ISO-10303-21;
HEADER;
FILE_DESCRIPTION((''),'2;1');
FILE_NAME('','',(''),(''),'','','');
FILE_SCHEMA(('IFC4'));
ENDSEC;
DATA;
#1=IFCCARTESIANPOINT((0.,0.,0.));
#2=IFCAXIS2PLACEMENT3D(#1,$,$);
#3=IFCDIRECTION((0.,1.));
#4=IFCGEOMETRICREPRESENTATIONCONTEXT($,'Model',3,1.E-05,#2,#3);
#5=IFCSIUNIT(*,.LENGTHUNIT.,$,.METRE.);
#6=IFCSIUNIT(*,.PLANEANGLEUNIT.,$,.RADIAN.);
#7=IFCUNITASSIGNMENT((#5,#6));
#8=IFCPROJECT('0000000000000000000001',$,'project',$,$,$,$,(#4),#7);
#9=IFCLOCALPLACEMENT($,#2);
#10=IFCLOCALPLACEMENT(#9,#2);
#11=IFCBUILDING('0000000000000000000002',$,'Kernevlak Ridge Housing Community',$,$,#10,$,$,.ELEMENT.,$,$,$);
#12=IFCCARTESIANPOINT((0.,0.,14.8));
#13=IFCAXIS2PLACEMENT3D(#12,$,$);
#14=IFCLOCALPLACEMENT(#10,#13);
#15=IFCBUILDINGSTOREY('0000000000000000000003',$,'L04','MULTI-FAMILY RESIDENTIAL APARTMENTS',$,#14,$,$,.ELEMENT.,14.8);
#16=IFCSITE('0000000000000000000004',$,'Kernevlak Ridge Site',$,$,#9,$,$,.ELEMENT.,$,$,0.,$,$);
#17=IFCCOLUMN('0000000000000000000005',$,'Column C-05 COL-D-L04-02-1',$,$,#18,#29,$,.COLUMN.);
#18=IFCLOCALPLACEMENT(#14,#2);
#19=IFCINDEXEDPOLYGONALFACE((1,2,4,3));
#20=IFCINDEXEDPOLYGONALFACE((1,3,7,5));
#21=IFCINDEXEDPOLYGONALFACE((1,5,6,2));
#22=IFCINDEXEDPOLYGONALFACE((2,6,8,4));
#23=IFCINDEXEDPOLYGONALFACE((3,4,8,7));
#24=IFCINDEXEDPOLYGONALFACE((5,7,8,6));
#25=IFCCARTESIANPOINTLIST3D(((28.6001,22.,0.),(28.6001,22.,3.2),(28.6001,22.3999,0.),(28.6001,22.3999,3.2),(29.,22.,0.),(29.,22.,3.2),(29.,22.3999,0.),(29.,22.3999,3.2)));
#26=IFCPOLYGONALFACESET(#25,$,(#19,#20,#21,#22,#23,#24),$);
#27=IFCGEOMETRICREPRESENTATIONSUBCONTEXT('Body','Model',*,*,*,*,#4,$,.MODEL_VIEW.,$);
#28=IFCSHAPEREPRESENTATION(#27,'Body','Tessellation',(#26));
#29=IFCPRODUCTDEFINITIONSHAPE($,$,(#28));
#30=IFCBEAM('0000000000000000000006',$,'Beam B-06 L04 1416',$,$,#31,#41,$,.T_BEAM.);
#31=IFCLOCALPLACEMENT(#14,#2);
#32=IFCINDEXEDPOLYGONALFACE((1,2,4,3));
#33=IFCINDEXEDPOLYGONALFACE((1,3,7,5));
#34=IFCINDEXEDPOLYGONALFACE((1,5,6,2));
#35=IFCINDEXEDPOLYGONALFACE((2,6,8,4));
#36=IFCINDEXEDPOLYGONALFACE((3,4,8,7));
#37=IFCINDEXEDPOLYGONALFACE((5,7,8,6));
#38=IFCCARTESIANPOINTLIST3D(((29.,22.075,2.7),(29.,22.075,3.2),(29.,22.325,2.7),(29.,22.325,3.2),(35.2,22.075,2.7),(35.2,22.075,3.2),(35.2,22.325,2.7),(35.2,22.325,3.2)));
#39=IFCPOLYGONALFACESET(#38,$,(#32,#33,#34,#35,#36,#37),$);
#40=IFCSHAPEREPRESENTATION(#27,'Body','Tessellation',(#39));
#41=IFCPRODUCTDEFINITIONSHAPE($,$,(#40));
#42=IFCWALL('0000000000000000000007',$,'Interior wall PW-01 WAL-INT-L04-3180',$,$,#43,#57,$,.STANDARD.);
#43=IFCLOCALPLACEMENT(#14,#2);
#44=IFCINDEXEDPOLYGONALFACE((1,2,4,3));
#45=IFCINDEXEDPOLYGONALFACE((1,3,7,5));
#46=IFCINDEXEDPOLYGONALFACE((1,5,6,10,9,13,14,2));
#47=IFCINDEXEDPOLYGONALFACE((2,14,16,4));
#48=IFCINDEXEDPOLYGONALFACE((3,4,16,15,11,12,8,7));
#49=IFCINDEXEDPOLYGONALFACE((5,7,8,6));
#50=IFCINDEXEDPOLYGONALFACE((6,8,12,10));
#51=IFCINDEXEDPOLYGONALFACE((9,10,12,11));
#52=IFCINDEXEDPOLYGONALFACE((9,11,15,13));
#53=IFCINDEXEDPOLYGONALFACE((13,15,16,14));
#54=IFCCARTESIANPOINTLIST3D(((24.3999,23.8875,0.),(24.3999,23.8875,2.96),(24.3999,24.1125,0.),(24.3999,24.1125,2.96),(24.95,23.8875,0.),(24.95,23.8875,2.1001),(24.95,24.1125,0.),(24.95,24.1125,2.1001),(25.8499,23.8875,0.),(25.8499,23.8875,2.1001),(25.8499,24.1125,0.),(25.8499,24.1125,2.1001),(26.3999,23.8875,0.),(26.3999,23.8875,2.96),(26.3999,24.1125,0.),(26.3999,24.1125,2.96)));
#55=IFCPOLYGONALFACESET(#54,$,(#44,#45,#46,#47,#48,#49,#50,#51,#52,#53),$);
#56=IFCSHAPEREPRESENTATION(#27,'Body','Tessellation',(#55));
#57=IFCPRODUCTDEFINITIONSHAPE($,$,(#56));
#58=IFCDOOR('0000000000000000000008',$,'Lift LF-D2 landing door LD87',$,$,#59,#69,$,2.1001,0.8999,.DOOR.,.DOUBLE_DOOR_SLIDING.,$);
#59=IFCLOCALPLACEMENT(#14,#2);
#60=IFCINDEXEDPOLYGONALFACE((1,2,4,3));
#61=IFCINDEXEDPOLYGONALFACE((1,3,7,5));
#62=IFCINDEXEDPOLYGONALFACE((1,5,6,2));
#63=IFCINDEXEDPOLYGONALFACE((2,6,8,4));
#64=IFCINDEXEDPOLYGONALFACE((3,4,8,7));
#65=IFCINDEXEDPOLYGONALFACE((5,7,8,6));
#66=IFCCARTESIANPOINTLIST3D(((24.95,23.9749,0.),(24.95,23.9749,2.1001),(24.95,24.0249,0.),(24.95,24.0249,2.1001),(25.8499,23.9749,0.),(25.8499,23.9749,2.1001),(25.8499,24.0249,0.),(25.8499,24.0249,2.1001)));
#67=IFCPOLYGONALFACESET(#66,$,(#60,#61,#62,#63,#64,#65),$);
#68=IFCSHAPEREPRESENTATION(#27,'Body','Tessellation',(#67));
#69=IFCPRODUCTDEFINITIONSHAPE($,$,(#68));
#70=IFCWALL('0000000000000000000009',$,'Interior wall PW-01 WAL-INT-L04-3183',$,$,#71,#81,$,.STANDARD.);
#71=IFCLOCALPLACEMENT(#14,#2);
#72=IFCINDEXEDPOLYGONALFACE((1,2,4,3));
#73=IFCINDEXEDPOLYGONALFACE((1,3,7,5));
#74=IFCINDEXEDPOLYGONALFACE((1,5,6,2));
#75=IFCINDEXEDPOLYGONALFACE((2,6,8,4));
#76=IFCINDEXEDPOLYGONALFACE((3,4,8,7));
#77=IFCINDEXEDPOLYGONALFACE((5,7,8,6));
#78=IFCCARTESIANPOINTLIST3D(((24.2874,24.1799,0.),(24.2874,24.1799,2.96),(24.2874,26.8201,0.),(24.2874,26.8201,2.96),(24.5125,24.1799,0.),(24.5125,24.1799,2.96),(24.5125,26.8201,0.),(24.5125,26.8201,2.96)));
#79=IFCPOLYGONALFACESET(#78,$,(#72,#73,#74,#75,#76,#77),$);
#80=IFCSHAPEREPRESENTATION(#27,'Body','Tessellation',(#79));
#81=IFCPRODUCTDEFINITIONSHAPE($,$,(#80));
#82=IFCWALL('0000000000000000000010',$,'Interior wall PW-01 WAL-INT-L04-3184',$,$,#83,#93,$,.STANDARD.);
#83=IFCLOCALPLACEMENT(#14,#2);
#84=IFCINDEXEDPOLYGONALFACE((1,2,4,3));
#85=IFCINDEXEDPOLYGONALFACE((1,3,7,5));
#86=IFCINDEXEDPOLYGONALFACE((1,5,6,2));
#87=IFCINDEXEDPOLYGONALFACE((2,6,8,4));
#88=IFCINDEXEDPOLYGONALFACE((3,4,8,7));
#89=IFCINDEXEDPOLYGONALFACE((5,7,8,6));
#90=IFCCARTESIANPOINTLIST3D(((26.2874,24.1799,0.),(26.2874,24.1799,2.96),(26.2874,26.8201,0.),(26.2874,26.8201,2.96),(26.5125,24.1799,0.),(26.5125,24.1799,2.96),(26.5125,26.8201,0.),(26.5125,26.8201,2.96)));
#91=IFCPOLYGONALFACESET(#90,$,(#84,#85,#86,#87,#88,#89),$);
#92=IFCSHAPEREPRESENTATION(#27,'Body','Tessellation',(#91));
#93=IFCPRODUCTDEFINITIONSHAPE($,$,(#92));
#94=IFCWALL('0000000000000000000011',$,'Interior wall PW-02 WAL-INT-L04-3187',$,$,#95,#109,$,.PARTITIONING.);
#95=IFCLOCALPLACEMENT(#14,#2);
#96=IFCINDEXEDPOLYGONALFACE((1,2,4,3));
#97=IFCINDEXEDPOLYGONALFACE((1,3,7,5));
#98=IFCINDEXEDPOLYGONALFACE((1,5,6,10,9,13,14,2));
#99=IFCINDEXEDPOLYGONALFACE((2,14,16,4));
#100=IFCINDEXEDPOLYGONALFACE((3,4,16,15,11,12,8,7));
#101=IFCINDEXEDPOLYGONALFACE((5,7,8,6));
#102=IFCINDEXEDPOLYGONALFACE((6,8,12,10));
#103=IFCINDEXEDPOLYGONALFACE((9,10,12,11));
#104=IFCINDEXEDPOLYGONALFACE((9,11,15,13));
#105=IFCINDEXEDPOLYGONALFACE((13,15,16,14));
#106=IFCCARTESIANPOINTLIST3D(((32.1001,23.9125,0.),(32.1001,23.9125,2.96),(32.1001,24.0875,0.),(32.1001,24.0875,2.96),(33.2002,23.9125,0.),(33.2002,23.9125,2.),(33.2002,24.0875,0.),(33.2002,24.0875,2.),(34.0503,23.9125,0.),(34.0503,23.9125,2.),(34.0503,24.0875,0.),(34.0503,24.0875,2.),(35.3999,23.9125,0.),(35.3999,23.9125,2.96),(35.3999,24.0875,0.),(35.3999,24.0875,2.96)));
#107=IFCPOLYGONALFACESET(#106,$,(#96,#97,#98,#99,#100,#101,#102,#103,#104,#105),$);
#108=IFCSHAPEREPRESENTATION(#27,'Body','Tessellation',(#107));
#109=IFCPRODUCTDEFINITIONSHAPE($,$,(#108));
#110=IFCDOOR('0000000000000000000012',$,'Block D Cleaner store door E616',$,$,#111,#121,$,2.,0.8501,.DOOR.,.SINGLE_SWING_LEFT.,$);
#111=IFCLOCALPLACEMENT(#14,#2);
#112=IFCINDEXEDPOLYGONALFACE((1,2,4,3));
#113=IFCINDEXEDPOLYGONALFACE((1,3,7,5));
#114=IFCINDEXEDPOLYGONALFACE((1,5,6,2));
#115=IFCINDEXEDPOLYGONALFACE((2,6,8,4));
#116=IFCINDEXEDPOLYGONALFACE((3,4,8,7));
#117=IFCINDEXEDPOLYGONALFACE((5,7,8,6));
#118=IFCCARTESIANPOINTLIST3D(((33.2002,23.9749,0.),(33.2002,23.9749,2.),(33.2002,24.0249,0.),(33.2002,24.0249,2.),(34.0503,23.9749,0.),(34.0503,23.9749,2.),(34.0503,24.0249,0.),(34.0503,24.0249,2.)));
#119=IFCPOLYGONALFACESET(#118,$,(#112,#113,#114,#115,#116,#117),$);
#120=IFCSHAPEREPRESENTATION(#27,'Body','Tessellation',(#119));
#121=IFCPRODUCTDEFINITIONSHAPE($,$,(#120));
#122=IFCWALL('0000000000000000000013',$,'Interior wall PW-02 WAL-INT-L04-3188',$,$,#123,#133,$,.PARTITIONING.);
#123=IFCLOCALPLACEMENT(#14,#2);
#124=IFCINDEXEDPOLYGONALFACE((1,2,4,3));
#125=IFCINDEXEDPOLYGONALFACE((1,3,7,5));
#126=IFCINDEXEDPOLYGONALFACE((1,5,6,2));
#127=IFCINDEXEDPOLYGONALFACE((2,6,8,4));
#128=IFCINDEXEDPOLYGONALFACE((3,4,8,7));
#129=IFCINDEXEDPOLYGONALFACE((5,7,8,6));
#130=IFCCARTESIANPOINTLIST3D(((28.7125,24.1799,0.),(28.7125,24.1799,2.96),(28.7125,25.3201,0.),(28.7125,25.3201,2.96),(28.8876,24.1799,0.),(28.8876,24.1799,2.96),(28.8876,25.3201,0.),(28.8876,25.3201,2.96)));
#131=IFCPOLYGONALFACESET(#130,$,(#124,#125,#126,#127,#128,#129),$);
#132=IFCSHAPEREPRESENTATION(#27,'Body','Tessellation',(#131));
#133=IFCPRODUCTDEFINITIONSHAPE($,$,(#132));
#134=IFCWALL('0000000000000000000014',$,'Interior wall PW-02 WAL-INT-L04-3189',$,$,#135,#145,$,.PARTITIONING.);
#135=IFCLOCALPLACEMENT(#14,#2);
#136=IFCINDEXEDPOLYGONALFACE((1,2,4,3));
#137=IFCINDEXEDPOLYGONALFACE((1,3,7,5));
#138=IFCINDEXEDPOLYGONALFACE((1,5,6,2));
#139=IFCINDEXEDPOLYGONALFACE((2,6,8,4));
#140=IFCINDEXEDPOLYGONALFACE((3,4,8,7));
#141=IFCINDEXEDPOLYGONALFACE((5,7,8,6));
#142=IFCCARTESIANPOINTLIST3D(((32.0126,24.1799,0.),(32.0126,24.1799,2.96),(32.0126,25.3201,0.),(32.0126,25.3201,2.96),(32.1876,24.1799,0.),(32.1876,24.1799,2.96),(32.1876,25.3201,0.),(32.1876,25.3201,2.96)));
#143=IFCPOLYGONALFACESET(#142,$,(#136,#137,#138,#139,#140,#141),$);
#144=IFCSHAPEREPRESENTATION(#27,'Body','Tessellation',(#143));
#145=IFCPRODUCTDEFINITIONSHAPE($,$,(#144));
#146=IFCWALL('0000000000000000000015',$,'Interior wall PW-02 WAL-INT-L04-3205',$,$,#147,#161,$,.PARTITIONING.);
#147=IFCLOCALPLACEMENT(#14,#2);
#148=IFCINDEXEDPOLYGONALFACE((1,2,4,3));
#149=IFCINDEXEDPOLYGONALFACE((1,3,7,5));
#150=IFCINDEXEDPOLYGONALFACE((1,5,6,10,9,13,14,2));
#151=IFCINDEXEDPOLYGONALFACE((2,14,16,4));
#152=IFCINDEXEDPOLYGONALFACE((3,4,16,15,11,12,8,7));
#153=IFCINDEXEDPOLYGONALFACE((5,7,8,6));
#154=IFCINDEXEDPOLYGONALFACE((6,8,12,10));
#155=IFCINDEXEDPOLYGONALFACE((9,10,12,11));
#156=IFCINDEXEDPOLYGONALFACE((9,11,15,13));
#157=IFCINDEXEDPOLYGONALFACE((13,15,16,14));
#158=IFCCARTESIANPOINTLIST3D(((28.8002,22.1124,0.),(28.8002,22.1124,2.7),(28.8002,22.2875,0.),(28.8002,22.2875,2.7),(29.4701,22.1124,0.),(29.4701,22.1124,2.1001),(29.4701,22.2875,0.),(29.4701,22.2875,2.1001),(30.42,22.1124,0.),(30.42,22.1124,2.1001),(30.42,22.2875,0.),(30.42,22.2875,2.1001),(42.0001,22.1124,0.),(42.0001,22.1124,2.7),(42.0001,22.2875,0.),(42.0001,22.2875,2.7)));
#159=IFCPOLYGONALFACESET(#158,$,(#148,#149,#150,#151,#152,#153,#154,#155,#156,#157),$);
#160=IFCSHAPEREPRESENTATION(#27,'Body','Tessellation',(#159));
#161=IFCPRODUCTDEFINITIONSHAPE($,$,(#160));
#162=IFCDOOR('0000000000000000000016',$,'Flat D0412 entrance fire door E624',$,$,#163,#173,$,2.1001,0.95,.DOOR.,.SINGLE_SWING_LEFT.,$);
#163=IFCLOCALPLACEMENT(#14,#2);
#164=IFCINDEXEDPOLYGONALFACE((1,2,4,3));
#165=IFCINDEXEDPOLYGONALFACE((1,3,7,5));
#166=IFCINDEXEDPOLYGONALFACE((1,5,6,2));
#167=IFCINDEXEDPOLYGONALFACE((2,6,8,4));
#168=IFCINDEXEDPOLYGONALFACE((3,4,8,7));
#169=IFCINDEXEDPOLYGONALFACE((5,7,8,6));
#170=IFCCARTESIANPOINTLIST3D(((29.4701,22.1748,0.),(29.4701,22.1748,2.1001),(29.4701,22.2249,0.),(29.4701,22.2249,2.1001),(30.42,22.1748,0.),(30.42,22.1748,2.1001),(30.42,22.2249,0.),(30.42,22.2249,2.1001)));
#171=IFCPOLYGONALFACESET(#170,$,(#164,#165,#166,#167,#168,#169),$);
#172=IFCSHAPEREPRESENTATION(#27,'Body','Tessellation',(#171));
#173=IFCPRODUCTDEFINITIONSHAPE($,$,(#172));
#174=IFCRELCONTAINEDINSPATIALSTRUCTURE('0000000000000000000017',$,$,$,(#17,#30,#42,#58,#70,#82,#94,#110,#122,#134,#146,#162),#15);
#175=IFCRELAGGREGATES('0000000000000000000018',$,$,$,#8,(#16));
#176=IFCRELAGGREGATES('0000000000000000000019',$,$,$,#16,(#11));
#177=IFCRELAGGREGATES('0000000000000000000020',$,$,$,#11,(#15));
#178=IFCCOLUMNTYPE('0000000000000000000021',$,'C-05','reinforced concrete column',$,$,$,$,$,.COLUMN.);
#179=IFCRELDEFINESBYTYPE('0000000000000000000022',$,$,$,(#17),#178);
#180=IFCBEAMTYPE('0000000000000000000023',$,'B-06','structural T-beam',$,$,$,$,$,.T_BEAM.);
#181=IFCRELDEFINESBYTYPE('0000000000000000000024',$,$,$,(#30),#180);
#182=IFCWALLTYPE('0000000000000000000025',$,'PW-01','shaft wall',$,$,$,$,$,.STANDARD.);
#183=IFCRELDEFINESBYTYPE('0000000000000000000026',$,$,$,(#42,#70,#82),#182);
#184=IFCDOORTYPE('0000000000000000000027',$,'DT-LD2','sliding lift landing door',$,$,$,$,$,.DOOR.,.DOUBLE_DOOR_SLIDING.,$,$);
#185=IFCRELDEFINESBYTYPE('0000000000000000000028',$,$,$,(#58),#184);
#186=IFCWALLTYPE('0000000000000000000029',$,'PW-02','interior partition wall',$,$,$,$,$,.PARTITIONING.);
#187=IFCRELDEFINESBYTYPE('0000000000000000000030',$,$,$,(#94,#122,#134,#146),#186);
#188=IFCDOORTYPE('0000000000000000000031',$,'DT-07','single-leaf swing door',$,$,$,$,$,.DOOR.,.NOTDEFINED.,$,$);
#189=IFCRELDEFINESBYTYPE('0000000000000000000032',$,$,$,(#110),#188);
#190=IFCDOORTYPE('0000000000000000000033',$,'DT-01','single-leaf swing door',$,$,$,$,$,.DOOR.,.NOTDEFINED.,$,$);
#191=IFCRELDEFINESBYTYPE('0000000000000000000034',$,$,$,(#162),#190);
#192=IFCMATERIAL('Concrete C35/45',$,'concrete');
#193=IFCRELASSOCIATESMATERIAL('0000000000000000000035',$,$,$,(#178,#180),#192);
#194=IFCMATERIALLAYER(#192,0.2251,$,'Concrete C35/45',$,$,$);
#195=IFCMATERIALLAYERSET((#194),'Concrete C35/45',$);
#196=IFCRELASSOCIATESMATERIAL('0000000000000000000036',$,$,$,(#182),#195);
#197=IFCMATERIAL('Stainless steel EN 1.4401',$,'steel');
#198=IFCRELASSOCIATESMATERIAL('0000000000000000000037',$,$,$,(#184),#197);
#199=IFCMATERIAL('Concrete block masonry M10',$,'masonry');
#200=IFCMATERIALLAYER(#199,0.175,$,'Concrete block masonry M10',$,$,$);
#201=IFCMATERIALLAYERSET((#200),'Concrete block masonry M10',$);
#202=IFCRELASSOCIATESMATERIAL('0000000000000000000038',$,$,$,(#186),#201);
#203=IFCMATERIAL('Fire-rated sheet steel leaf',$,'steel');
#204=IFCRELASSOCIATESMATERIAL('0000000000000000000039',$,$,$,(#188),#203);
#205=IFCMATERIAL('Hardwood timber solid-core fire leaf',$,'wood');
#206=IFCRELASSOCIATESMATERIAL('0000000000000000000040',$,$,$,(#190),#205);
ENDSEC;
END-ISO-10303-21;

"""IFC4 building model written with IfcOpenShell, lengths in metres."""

from ifc_helpers import new_model, si_unit, direction, frame, frame_2d, origin, origin_2d, place, context, subcontext, project, spatial, rectangle, extrude, material, layer, layer_set, material_profile, profile_set, type_object, element, fill, save


model = new_model("IFC4")

# Units and contexts
model_context = context("Model", 3, precision=1e-05, world=origin(), true_north=direction((0.0, 1.0)))
body_context = subcontext(model_context, "Body", "Model", "MODEL_VIEW")
ifc_project = project(units=[si_unit("LENGTHUNIT", "METRE"), si_unit("PLANEANGLEUNIT", "RADIAN")], contexts=[model_context])

# Site, building, storey
site_placement = place(None, origin())
site = spatial("IfcSite", under=ifc_project, at=site_placement, Name="Kernevlak Ridge Site", CompositionType="ELEMENT", RefElevation=0.0)
building_placement = place(site_placement, origin())
building = spatial("IfcBuilding", under=site, at=building_placement, Name="Kernevlak Ridge Housing Community", CompositionType="ELEMENT")
storey_placement = place(building_placement, frame((0.0, 0.0, 14.8)))
storey = spatial("IfcBuildingStorey", under=building, at=storey_placement, Name="L04", Description="MULTI-FAMILY RESIDENTIAL APARTMENTS", CompositionType="ELEMENT", Elevation=14.8)

# Column
ifc_material_1 = material(Name="Concrete C35/45", Category="concrete")
ifc_material_profile_1 = material_profile(ifc_material_1, rectangle(XDim=0.3999, YDim=0.3999, at=origin_2d()), Name="RC 400x400")
ifc_profile_set_1 = profile_set([ifc_material_profile_1], Name="Concrete C35/45")
column_type = type_object("IfcColumnType", Name="C-05", Description="reinforced concrete column", PredefinedType="COLUMN", material=ifc_profile_set_1)
column_placement = place(storey_placement, frame((28.8, 22.2, 0.0), z_axis=(0.0, 0.0, 1.0), x_axis=(1.0, 0.0, 0.0)))
element("IfcColumn", 1, at=column_placement, inside=storey, type_object=column_type, Name="Column C-05 COL-D-L04-02-1", PredefinedType="COLUMN", context=body_context, shape_type="SweptSolid", body=[
    extrude(rectangle(XDim=0.3999, YDim=0.3999, at=origin_2d()), origin(), (0.0, 0.0, 1.0), 3.2),
])

# Beam
ifc_material_profile_2 = material_profile(ifc_material_1, rectangle(XDim=0.25, YDim=0.5, at=origin_2d()), Name="RC 250x500")
ifc_profile_set_2 = profile_set([ifc_material_profile_2], Name="Concrete C35/45")
beam_type = type_object("IfcBeamType", Name="B-06", Description="structural T-beam", PredefinedType="T_BEAM", material=ifc_profile_set_2)
beam_placement = place(storey_placement, frame((29.0, 22.2, 2.95), z_axis=(1.0, 0.0, 0.0), x_axis=(0.0, 1.0, 0.0)))
element("IfcBeam", 2, at=beam_placement, inside=storey, type_object=beam_type, Name="Beam B-06 L04 1416", PredefinedType="T_BEAM", context=body_context, shape_type="SweptSolid", body=[
    extrude(rectangle(XDim=0.25, YDim=0.5, at=origin_2d()), origin(), (0.0, 0.0, 1.0), 6.2),
])

# Wall, opening, door
ifc_layer_1 = layer(ifc_material_1, 0.2251, Name="Concrete C35/45")
ifc_layer_set_1 = layer_set([ifc_layer_1], Name="Concrete C35/45")
wall_type_1 = type_object("IfcWallType", Name="PW-01", Description="shaft wall", PredefinedType="STANDARD", material=ifc_layer_set_1)
wall_1_placement = place(storey_placement, frame((24.3999, 24.0, 0.0), z_axis=(0.0, 0.0, 1.0), x_axis=(1.0, 0.0, 0.0)))
wall_1 = element("IfcWall", 3, at=wall_1_placement, inside=storey, type_object=wall_type_1, Name="Interior wall PW-01 WAL-INT-L04-3180", PredefinedType="STANDARD", context=body_context, shape_type="SweptSolid", body=[
    extrude(rectangle(XDim=2.0, YDim=0.2251, at=frame_2d((1.0, 0.0))), origin(), (0.0, 0.0, 1.0), 2.96),
])
opening_1_placement = place(wall_1_placement, frame((0.55, 0.0, 0.0)))
opening_1 = element("IfcOpeningElement", 4, at=opening_1_placement, cuts=wall_1, PredefinedType="OPENING", context=body_context, shape_type="SweptSolid", body=[
    extrude(rectangle(XDim=0.8999, YDim=2.1001, at=frame_2d((0.45, 1.05))), frame((0.0, 0.1226, 0.0), z_axis=(0.0, -1.0, 0.0), x_axis=(1.0, 0.0, 0.0)), (0.0, 0.0, 1.0), 0.2451),
])
ifc_material_2 = material(Name="Stainless steel EN 1.4401", Category="steel")
door_type_1 = type_object("IfcDoorType", Name="DT-LD2", Description="sliding lift landing door", OperationType="DOUBLE_DOOR_SLIDING", PredefinedType="DOOR", material=ifc_material_2)
door_1_placement = place(opening_1_placement, origin())
door_1 = element("IfcDoor", 5, at=door_1_placement, inside=storey, type_object=door_type_1, Name="Lift LF-D2 landing door LD87", OperationType="DOUBLE_DOOR_SLIDING", OverallHeight=2.1001, OverallWidth=0.8999, PredefinedType="DOOR", context=body_context, shape_type="SweptSolid", body=[
    extrude(rectangle(XDim=0.8999, YDim=2.1001, at=frame_2d((0.45, 1.05))), frame((0.0, 0.0249, 0.0), z_axis=(0.0, -1.0, 0.0), x_axis=(1.0, 0.0, 0.0)), (0.0, 0.0, 1.0), 0.05),
])
fill(opening_1, door_1)

# Walls
for number, where, z_axis, x_axis, name in (
    (6, (24.3999, 24.1799, 0.0), (0.0, 0.0, 1.0), (0.0, 1.0, 0.0), "Interior wall PW-01 WAL-INT-L04-3183"),
    (7, (26.3999, 24.1799, 0.0), (0.0, 0.0, 1.0), (0.0, 1.0, 0.0), "Interior wall PW-01 WAL-INT-L04-3184"),
):
    element("IfcWall", number, at=place(storey_placement, frame(where, z_axis=z_axis, x_axis=x_axis)), inside=storey, type_object=wall_type_1, Name=name, PredefinedType="STANDARD", context=body_context, shape_type="SweptSolid", body=[
        extrude(rectangle(XDim=2.6401, YDim=0.2251, at=frame_2d((1.3201, 0.0))), origin(), (0.0, 0.0, 1.0), 2.96),
    ])

# Wall, opening, door
ifc_material_3 = material(Name="Concrete block masonry M10", Category="masonry")
ifc_layer_2 = layer(ifc_material_3, 0.175, Name="Concrete block masonry M10")
ifc_layer_set_2 = layer_set([ifc_layer_2], Name="Concrete block masonry M10")
wall_type_2 = type_object("IfcWallType", Name="PW-02", Description="interior partition wall", PredefinedType="PARTITIONING", material=ifc_layer_set_2)
ifc_material_4 = material(Name="Fire-rated sheet steel leaf", Category="steel")
wall_2_placement = place(storey_placement, frame((32.1001, 24.0, 0.0), z_axis=(0.0, 0.0, 1.0), x_axis=(1.0, 0.0, 0.0)))
wall_2 = element("IfcWall", 8, at=wall_2_placement, inside=storey, type_object=wall_type_2, Name="Interior wall PW-02 WAL-INT-L04-3187", PredefinedType="PARTITIONING", context=body_context, shape_type="SweptSolid", body=[
    extrude(rectangle(XDim=3.2998, YDim=0.175, at=frame_2d((1.6499, 0.0))), origin(), (0.0, 0.0, 1.0), 2.96),
])
opening_2_placement = place(wall_2_placement, frame((1.1001, 0.0, 0.0)))
opening_2 = element("IfcOpeningElement", 9, at=opening_2_placement, cuts=wall_2, PredefinedType="OPENING", context=body_context, shape_type="SweptSolid", body=[
    extrude(rectangle(XDim=0.8501, YDim=2.0, at=frame_2d((0.425, 1.0))), frame((0.0, 0.0974, 0.0), z_axis=(0.0, -1.0, 0.0), x_axis=(1.0, 0.0, 0.0)), (0.0, 0.0, 1.0), 0.1951),
])
door_type_2 = type_object("IfcDoorType", Name="DT-07", Description="single-leaf swing door", OperationType="NOTDEFINED", PredefinedType="DOOR", material=ifc_material_4)
door_2_placement = place(opening_2_placement, origin())
door_2 = element("IfcDoor", 10, at=door_2_placement, inside=storey, type_object=door_type_2, Name="Block D Cleaner store door E616", OperationType="SINGLE_SWING_LEFT", OverallHeight=2.0, OverallWidth=0.8501, PredefinedType="DOOR", context=body_context, shape_type="SweptSolid", body=[
    extrude(rectangle(XDim=0.8501, YDim=2.0, at=frame_2d((0.425, 1.0))), frame((0.0, 0.0249, 0.0), z_axis=(0.0, -1.0, 0.0), x_axis=(1.0, 0.0, 0.0)), (0.0, 0.0, 1.0), 0.05),
])
fill(opening_2, door_2)

# Walls
for number, where, z_axis, x_axis, name in (
    (11, (28.8, 24.1799, 0.0), (0.0, 0.0, 1.0), (0.0, 1.0, 0.0), "Interior wall PW-02 WAL-INT-L04-3188"),
    (12, (32.1001, 24.1799, 0.0), (0.0, 0.0, 1.0), (0.0, 1.0, 0.0), "Interior wall PW-02 WAL-INT-L04-3189"),
):
    element("IfcWall", number, at=place(storey_placement, frame(where, z_axis=z_axis, x_axis=x_axis)), inside=storey, type_object=wall_type_2, Name=name, PredefinedType="PARTITIONING", context=body_context, shape_type="SweptSolid", body=[
        extrude(rectangle(XDim=1.1401, YDim=0.175, at=frame_2d((0.5701, 0.0))), origin(), (0.0, 0.0, 1.0), 2.96),
    ])

# Wall, opening, door
wall_3_placement = place(storey_placement, frame((28.8, 22.2, 0.0), z_axis=(0.0, 0.0, 1.0), x_axis=(1.0, 0.0, 0.0)))
wall_3 = element("IfcWall", 13, at=wall_3_placement, inside=storey, type_object=wall_type_2, Name="Interior wall PW-02 WAL-INT-L04-3205", PredefinedType="PARTITIONING", context=body_context, shape_type="SweptSolid", body=[
    extrude(rectangle(XDim=13.2, YDim=0.175, at=frame_2d((6.6001, 0.0))), origin(), (0.0, 0.0, 1.0), 2.7),
])
opening_3_placement = place(wall_3_placement, frame((0.6699, 0.0, 0.0)))
opening_3 = element("IfcOpeningElement", 14, at=opening_3_placement, cuts=wall_3, PredefinedType="OPENING", context=body_context, shape_type="SweptSolid", body=[
    extrude(rectangle(XDim=0.95, YDim=2.1001, at=frame_2d((0.4751, 1.05))), frame((0.0, 0.0974, 0.0), z_axis=(0.0, -1.0, 0.0), x_axis=(1.0, 0.0, 0.0)), (0.0, 0.0, 1.0), 0.1951),
])
ifc_material_5 = material(Name="Hardwood timber solid-core fire leaf", Category="wood")
door_type_3 = type_object("IfcDoorType", Name="DT-01", Description="single-leaf swing door", OperationType="NOTDEFINED", PredefinedType="DOOR", material=ifc_material_5)
door_3_placement = place(opening_3_placement, origin())
door_3 = element("IfcDoor", 15, at=door_3_placement, inside=storey, type_object=door_type_3, Name="Flat D0412 entrance fire door E624", OperationType="SINGLE_SWING_LEFT", OverallHeight=2.1001, OverallWidth=0.95, PredefinedType="DOOR", context=body_context, shape_type="SweptSolid", body=[
    extrude(rectangle(XDim=0.95, YDim=2.1001, at=frame_2d((0.4751, 1.05))), frame((0.0, 0.0249, 0.0), z_axis=(0.0, -1.0, 0.0), x_axis=(1.0, 0.0, 0.0)), (0.0, 0.0, 1.0), 0.05),
])
fill(opening_3, door_3)

save(model, "model.ifc")
